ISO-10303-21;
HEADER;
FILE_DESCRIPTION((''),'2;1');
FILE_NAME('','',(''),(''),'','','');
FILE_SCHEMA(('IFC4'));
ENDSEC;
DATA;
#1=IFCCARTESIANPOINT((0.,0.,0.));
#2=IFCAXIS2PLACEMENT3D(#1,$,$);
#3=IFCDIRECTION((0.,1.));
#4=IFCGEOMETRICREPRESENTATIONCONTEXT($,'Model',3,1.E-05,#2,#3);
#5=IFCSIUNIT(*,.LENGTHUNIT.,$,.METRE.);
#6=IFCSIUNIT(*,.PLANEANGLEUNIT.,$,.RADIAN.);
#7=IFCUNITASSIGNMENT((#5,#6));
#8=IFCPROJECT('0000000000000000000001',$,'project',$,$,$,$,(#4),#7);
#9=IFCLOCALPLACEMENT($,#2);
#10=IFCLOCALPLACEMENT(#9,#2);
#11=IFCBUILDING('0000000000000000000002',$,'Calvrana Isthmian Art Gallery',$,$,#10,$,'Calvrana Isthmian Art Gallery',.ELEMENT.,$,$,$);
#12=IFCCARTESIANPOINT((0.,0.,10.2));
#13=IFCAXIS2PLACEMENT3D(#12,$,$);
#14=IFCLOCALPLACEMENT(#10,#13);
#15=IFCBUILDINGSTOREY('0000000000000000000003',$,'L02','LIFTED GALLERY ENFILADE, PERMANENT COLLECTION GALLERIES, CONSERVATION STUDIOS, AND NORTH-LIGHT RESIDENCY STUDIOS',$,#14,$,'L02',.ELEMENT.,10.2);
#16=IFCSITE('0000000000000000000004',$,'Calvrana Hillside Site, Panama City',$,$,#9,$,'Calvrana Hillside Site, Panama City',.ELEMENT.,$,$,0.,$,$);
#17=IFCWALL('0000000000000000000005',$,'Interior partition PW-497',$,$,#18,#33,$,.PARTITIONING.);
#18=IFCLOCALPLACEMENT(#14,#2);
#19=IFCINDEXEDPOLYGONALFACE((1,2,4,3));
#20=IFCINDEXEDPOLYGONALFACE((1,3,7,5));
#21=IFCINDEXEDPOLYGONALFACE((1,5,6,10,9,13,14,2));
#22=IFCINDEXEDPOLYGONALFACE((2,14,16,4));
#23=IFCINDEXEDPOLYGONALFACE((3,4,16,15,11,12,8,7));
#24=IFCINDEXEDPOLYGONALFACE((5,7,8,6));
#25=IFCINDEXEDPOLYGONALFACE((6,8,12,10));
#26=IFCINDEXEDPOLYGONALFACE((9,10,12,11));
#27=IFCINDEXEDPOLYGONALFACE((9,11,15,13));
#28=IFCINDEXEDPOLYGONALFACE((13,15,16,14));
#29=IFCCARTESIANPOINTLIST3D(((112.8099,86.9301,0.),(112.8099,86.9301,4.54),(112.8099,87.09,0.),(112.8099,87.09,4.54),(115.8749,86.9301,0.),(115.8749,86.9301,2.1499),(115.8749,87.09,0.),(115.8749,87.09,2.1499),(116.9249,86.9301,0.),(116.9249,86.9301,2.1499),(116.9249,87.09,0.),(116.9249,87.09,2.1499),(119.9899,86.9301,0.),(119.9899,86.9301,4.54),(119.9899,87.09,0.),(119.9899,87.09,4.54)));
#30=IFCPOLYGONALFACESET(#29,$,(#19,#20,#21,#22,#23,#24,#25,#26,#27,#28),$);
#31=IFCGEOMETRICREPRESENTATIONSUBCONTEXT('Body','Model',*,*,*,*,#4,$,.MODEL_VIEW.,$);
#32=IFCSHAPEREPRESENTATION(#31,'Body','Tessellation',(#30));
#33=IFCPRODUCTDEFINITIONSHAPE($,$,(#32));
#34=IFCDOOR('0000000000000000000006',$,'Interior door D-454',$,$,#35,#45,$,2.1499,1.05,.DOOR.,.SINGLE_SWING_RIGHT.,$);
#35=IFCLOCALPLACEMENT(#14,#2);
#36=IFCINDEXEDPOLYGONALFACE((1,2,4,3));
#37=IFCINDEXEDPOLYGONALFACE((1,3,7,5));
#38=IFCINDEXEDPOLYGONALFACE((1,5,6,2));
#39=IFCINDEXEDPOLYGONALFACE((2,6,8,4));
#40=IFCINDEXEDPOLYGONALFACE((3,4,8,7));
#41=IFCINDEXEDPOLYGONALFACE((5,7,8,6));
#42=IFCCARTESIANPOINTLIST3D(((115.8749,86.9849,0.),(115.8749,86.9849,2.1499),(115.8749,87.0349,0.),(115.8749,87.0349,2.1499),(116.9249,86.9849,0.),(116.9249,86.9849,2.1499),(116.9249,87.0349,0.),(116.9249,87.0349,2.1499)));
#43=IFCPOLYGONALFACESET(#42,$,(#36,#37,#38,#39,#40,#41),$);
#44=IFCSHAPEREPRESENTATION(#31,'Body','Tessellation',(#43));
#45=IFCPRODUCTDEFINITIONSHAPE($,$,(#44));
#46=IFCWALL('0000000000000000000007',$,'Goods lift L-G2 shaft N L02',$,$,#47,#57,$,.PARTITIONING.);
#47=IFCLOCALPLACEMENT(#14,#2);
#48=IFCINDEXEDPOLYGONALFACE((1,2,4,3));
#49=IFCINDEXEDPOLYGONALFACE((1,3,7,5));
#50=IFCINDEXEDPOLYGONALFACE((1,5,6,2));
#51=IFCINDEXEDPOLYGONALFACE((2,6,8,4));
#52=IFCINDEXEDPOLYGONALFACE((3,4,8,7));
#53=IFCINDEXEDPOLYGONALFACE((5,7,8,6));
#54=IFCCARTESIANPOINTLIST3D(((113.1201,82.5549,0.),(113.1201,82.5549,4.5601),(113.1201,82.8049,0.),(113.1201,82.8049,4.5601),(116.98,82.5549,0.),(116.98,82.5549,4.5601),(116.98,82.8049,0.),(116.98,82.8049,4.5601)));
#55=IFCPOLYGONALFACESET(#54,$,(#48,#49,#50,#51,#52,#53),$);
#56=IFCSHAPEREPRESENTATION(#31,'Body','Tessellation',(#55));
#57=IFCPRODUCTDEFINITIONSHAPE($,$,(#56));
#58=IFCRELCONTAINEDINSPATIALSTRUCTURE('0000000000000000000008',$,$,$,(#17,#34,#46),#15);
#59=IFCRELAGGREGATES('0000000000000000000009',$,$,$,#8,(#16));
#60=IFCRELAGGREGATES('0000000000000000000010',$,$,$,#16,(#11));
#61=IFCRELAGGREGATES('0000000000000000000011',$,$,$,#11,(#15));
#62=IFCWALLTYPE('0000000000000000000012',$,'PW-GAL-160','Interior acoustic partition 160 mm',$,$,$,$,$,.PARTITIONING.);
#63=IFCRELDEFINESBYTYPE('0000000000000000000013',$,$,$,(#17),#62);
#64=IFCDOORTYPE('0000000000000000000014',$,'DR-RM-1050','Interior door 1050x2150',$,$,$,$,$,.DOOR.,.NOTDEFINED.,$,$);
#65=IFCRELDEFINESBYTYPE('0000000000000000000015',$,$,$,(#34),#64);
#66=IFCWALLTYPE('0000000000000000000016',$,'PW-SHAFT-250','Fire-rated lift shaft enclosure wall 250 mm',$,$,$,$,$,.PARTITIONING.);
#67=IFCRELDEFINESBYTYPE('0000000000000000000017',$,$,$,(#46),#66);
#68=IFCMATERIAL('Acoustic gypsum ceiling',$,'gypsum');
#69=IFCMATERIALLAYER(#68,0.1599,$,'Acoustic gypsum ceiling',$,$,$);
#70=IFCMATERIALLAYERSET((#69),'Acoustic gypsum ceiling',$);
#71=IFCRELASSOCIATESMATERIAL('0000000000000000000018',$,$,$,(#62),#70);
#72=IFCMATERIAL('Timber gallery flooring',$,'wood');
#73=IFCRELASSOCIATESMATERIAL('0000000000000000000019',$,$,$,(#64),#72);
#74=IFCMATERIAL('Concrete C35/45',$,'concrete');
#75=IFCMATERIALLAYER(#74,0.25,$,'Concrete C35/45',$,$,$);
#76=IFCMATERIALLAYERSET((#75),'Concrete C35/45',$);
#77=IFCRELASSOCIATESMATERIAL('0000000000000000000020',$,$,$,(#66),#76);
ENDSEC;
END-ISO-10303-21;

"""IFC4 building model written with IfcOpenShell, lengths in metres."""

from ifc_helpers import new_model, si_unit, direction, frame, frame_2d, origin, place, context, subcontext, project, spatial, rectangle, extrude, material, layer, layer_set, type_object, element, fill, save


model = new_model("IFC4")

# Units and contexts
model_context = context("Model", 3, precision=1e-05, world=origin(), true_north=direction((0.0, 1.0)))
body_context = subcontext(model_context, "Body", "Model", "MODEL_VIEW")
ifc_project = project(units=[si_unit("LENGTHUNIT", "METRE"), si_unit("PLANEANGLEUNIT", "RADIAN")], contexts=[model_context])

# Site, building, storey
site_placement = place(None, origin())
site = spatial("IfcSite", under=ifc_project, at=site_placement, Name="Calvrana Hillside Site, Panama City", LongName="Calvrana Hillside Site, Panama City", CompositionType="ELEMENT", RefElevation=0.0)
building_placement = place(site_placement, origin())
building = spatial("IfcBuilding", under=site, at=building_placement, Name="Calvrana Isthmian Art Gallery", LongName="Calvrana Isthmian Art Gallery", CompositionType="ELEMENT")
storey_placement = place(building_placement, frame((0.0, 0.0, 10.2)))
storey = spatial("IfcBuildingStorey", under=building, at=storey_placement, Name="L02", Description="LIFTED GALLERY ENFILADE, PERMANENT COLLECTION GALLERIES, CONSERVATION STUDIOS, AND NORTH-LIGHT RESIDENCY STUDIOS", LongName="L02", CompositionType="ELEMENT", Elevation=10.2)

# Shared definitions
ifc_material_1 = material(Name="Acoustic gypsum ceiling", Category="gypsum")

# Wall, opening, door
ifc_layer_1 = layer(ifc_material_1, 0.1599, Name="Acoustic gypsum ceiling")
ifc_layer_set_1 = layer_set([ifc_layer_1], Name="Acoustic gypsum ceiling")
wall_type_1 = type_object("IfcWallType", Name="PW-GAL-160", Description="Interior acoustic partition 160 mm", PredefinedType="PARTITIONING", material=ifc_layer_set_1)
wall_1_placement = place(storey_placement, frame((112.8101, 87.01, 0.0), z_axis=(0.0, 0.0, 1.0), x_axis=(1.0, 0.0, 0.0)))
wall_1 = element("IfcWall", 1, at=wall_1_placement, inside=storey, type_object=wall_type_1, Name="Interior partition PW-497", PredefinedType="PARTITIONING", context=body_context, shape_type="SweptSolid", body=[
    extrude(rectangle(XDim=7.1799, YDim=0.1599, at=frame_2d((3.5898, 0.0))), origin(), (0.0, 0.0, 1.0), 4.54),
])
opening_1_placement = place(wall_1_placement, frame((3.0649, 0.0, 0.0)))
opening_1 = element("IfcOpeningElement", 2, at=opening_1_placement, cuts=wall_1, PredefinedType="OPENING", context=body_context, shape_type="SweptSolid", body=[
    extrude(rectangle(XDim=1.05, YDim=2.1499, at=frame_2d((0.5249, 1.075))), frame((0.0, 0.0903, 0.0), z_axis=(0.0, -1.0, 0.0), x_axis=(1.0, 0.0, 0.0)), (0.0, 0.0, 1.0), 0.1804),
])
ifc_material_2 = material(Name="Timber gallery flooring", Category="wood")
door_type_1 = type_object("IfcDoorType", Name="DR-RM-1050", Description="Interior door 1050x2150", OperationType="NOTDEFINED", PredefinedType="DOOR", material=ifc_material_2)
door_1_placement = place(opening_1_placement, origin())
door_1 = element("IfcDoor", 3, at=door_1_placement, inside=storey, type_object=door_type_1, Name="Interior door D-454", OperationType="SINGLE_SWING_RIGHT", OverallHeight=2.1499, OverallWidth=1.05, PredefinedType="DOOR", context=body_context, shape_type="SweptSolid", body=[
    extrude(rectangle(XDim=1.05, YDim=2.1499, at=frame_2d((0.5249, 1.075))), frame((0.0, 0.0249, 0.0), z_axis=(0.0, -1.0, 0.0), x_axis=(1.0, 0.0, 0.0)), (0.0, 0.0, 1.0), 0.05),
])
fill(opening_1, door_1)

# Wall
ifc_material_3 = material(Name="Concrete C35/45", Category="concrete")
ifc_layer_2 = layer(ifc_material_3, 0.25, Name="Concrete C35/45")
ifc_layer_set_2 = layer_set([ifc_layer_2], Name="Concrete C35/45")
wall_type_2 = type_object("IfcWallType", Name="PW-SHAFT-250", Description="Fire-rated lift shaft enclosure wall 250 mm", PredefinedType="PARTITIONING", material=ifc_layer_set_2)
wall_2_placement = place(storey_placement, frame((113.1201, 82.6799, 0.0), z_axis=(0.0, 0.0, 1.0), x_axis=(1.0, 0.0, 0.0)))
element("IfcWall", 4, at=wall_2_placement, inside=storey, type_object=wall_type_2, Name="Goods lift L-G2 shaft N L02", PredefinedType="PARTITIONING", context=body_context, shape_type="SweptSolid", body=[
    extrude(rectangle(XDim=3.8599, YDim=0.25, at=frame_2d((1.9299, 0.0))), origin(), (0.0, 0.0, 1.0), 4.5601),
])

save(model, "model.ifc")
